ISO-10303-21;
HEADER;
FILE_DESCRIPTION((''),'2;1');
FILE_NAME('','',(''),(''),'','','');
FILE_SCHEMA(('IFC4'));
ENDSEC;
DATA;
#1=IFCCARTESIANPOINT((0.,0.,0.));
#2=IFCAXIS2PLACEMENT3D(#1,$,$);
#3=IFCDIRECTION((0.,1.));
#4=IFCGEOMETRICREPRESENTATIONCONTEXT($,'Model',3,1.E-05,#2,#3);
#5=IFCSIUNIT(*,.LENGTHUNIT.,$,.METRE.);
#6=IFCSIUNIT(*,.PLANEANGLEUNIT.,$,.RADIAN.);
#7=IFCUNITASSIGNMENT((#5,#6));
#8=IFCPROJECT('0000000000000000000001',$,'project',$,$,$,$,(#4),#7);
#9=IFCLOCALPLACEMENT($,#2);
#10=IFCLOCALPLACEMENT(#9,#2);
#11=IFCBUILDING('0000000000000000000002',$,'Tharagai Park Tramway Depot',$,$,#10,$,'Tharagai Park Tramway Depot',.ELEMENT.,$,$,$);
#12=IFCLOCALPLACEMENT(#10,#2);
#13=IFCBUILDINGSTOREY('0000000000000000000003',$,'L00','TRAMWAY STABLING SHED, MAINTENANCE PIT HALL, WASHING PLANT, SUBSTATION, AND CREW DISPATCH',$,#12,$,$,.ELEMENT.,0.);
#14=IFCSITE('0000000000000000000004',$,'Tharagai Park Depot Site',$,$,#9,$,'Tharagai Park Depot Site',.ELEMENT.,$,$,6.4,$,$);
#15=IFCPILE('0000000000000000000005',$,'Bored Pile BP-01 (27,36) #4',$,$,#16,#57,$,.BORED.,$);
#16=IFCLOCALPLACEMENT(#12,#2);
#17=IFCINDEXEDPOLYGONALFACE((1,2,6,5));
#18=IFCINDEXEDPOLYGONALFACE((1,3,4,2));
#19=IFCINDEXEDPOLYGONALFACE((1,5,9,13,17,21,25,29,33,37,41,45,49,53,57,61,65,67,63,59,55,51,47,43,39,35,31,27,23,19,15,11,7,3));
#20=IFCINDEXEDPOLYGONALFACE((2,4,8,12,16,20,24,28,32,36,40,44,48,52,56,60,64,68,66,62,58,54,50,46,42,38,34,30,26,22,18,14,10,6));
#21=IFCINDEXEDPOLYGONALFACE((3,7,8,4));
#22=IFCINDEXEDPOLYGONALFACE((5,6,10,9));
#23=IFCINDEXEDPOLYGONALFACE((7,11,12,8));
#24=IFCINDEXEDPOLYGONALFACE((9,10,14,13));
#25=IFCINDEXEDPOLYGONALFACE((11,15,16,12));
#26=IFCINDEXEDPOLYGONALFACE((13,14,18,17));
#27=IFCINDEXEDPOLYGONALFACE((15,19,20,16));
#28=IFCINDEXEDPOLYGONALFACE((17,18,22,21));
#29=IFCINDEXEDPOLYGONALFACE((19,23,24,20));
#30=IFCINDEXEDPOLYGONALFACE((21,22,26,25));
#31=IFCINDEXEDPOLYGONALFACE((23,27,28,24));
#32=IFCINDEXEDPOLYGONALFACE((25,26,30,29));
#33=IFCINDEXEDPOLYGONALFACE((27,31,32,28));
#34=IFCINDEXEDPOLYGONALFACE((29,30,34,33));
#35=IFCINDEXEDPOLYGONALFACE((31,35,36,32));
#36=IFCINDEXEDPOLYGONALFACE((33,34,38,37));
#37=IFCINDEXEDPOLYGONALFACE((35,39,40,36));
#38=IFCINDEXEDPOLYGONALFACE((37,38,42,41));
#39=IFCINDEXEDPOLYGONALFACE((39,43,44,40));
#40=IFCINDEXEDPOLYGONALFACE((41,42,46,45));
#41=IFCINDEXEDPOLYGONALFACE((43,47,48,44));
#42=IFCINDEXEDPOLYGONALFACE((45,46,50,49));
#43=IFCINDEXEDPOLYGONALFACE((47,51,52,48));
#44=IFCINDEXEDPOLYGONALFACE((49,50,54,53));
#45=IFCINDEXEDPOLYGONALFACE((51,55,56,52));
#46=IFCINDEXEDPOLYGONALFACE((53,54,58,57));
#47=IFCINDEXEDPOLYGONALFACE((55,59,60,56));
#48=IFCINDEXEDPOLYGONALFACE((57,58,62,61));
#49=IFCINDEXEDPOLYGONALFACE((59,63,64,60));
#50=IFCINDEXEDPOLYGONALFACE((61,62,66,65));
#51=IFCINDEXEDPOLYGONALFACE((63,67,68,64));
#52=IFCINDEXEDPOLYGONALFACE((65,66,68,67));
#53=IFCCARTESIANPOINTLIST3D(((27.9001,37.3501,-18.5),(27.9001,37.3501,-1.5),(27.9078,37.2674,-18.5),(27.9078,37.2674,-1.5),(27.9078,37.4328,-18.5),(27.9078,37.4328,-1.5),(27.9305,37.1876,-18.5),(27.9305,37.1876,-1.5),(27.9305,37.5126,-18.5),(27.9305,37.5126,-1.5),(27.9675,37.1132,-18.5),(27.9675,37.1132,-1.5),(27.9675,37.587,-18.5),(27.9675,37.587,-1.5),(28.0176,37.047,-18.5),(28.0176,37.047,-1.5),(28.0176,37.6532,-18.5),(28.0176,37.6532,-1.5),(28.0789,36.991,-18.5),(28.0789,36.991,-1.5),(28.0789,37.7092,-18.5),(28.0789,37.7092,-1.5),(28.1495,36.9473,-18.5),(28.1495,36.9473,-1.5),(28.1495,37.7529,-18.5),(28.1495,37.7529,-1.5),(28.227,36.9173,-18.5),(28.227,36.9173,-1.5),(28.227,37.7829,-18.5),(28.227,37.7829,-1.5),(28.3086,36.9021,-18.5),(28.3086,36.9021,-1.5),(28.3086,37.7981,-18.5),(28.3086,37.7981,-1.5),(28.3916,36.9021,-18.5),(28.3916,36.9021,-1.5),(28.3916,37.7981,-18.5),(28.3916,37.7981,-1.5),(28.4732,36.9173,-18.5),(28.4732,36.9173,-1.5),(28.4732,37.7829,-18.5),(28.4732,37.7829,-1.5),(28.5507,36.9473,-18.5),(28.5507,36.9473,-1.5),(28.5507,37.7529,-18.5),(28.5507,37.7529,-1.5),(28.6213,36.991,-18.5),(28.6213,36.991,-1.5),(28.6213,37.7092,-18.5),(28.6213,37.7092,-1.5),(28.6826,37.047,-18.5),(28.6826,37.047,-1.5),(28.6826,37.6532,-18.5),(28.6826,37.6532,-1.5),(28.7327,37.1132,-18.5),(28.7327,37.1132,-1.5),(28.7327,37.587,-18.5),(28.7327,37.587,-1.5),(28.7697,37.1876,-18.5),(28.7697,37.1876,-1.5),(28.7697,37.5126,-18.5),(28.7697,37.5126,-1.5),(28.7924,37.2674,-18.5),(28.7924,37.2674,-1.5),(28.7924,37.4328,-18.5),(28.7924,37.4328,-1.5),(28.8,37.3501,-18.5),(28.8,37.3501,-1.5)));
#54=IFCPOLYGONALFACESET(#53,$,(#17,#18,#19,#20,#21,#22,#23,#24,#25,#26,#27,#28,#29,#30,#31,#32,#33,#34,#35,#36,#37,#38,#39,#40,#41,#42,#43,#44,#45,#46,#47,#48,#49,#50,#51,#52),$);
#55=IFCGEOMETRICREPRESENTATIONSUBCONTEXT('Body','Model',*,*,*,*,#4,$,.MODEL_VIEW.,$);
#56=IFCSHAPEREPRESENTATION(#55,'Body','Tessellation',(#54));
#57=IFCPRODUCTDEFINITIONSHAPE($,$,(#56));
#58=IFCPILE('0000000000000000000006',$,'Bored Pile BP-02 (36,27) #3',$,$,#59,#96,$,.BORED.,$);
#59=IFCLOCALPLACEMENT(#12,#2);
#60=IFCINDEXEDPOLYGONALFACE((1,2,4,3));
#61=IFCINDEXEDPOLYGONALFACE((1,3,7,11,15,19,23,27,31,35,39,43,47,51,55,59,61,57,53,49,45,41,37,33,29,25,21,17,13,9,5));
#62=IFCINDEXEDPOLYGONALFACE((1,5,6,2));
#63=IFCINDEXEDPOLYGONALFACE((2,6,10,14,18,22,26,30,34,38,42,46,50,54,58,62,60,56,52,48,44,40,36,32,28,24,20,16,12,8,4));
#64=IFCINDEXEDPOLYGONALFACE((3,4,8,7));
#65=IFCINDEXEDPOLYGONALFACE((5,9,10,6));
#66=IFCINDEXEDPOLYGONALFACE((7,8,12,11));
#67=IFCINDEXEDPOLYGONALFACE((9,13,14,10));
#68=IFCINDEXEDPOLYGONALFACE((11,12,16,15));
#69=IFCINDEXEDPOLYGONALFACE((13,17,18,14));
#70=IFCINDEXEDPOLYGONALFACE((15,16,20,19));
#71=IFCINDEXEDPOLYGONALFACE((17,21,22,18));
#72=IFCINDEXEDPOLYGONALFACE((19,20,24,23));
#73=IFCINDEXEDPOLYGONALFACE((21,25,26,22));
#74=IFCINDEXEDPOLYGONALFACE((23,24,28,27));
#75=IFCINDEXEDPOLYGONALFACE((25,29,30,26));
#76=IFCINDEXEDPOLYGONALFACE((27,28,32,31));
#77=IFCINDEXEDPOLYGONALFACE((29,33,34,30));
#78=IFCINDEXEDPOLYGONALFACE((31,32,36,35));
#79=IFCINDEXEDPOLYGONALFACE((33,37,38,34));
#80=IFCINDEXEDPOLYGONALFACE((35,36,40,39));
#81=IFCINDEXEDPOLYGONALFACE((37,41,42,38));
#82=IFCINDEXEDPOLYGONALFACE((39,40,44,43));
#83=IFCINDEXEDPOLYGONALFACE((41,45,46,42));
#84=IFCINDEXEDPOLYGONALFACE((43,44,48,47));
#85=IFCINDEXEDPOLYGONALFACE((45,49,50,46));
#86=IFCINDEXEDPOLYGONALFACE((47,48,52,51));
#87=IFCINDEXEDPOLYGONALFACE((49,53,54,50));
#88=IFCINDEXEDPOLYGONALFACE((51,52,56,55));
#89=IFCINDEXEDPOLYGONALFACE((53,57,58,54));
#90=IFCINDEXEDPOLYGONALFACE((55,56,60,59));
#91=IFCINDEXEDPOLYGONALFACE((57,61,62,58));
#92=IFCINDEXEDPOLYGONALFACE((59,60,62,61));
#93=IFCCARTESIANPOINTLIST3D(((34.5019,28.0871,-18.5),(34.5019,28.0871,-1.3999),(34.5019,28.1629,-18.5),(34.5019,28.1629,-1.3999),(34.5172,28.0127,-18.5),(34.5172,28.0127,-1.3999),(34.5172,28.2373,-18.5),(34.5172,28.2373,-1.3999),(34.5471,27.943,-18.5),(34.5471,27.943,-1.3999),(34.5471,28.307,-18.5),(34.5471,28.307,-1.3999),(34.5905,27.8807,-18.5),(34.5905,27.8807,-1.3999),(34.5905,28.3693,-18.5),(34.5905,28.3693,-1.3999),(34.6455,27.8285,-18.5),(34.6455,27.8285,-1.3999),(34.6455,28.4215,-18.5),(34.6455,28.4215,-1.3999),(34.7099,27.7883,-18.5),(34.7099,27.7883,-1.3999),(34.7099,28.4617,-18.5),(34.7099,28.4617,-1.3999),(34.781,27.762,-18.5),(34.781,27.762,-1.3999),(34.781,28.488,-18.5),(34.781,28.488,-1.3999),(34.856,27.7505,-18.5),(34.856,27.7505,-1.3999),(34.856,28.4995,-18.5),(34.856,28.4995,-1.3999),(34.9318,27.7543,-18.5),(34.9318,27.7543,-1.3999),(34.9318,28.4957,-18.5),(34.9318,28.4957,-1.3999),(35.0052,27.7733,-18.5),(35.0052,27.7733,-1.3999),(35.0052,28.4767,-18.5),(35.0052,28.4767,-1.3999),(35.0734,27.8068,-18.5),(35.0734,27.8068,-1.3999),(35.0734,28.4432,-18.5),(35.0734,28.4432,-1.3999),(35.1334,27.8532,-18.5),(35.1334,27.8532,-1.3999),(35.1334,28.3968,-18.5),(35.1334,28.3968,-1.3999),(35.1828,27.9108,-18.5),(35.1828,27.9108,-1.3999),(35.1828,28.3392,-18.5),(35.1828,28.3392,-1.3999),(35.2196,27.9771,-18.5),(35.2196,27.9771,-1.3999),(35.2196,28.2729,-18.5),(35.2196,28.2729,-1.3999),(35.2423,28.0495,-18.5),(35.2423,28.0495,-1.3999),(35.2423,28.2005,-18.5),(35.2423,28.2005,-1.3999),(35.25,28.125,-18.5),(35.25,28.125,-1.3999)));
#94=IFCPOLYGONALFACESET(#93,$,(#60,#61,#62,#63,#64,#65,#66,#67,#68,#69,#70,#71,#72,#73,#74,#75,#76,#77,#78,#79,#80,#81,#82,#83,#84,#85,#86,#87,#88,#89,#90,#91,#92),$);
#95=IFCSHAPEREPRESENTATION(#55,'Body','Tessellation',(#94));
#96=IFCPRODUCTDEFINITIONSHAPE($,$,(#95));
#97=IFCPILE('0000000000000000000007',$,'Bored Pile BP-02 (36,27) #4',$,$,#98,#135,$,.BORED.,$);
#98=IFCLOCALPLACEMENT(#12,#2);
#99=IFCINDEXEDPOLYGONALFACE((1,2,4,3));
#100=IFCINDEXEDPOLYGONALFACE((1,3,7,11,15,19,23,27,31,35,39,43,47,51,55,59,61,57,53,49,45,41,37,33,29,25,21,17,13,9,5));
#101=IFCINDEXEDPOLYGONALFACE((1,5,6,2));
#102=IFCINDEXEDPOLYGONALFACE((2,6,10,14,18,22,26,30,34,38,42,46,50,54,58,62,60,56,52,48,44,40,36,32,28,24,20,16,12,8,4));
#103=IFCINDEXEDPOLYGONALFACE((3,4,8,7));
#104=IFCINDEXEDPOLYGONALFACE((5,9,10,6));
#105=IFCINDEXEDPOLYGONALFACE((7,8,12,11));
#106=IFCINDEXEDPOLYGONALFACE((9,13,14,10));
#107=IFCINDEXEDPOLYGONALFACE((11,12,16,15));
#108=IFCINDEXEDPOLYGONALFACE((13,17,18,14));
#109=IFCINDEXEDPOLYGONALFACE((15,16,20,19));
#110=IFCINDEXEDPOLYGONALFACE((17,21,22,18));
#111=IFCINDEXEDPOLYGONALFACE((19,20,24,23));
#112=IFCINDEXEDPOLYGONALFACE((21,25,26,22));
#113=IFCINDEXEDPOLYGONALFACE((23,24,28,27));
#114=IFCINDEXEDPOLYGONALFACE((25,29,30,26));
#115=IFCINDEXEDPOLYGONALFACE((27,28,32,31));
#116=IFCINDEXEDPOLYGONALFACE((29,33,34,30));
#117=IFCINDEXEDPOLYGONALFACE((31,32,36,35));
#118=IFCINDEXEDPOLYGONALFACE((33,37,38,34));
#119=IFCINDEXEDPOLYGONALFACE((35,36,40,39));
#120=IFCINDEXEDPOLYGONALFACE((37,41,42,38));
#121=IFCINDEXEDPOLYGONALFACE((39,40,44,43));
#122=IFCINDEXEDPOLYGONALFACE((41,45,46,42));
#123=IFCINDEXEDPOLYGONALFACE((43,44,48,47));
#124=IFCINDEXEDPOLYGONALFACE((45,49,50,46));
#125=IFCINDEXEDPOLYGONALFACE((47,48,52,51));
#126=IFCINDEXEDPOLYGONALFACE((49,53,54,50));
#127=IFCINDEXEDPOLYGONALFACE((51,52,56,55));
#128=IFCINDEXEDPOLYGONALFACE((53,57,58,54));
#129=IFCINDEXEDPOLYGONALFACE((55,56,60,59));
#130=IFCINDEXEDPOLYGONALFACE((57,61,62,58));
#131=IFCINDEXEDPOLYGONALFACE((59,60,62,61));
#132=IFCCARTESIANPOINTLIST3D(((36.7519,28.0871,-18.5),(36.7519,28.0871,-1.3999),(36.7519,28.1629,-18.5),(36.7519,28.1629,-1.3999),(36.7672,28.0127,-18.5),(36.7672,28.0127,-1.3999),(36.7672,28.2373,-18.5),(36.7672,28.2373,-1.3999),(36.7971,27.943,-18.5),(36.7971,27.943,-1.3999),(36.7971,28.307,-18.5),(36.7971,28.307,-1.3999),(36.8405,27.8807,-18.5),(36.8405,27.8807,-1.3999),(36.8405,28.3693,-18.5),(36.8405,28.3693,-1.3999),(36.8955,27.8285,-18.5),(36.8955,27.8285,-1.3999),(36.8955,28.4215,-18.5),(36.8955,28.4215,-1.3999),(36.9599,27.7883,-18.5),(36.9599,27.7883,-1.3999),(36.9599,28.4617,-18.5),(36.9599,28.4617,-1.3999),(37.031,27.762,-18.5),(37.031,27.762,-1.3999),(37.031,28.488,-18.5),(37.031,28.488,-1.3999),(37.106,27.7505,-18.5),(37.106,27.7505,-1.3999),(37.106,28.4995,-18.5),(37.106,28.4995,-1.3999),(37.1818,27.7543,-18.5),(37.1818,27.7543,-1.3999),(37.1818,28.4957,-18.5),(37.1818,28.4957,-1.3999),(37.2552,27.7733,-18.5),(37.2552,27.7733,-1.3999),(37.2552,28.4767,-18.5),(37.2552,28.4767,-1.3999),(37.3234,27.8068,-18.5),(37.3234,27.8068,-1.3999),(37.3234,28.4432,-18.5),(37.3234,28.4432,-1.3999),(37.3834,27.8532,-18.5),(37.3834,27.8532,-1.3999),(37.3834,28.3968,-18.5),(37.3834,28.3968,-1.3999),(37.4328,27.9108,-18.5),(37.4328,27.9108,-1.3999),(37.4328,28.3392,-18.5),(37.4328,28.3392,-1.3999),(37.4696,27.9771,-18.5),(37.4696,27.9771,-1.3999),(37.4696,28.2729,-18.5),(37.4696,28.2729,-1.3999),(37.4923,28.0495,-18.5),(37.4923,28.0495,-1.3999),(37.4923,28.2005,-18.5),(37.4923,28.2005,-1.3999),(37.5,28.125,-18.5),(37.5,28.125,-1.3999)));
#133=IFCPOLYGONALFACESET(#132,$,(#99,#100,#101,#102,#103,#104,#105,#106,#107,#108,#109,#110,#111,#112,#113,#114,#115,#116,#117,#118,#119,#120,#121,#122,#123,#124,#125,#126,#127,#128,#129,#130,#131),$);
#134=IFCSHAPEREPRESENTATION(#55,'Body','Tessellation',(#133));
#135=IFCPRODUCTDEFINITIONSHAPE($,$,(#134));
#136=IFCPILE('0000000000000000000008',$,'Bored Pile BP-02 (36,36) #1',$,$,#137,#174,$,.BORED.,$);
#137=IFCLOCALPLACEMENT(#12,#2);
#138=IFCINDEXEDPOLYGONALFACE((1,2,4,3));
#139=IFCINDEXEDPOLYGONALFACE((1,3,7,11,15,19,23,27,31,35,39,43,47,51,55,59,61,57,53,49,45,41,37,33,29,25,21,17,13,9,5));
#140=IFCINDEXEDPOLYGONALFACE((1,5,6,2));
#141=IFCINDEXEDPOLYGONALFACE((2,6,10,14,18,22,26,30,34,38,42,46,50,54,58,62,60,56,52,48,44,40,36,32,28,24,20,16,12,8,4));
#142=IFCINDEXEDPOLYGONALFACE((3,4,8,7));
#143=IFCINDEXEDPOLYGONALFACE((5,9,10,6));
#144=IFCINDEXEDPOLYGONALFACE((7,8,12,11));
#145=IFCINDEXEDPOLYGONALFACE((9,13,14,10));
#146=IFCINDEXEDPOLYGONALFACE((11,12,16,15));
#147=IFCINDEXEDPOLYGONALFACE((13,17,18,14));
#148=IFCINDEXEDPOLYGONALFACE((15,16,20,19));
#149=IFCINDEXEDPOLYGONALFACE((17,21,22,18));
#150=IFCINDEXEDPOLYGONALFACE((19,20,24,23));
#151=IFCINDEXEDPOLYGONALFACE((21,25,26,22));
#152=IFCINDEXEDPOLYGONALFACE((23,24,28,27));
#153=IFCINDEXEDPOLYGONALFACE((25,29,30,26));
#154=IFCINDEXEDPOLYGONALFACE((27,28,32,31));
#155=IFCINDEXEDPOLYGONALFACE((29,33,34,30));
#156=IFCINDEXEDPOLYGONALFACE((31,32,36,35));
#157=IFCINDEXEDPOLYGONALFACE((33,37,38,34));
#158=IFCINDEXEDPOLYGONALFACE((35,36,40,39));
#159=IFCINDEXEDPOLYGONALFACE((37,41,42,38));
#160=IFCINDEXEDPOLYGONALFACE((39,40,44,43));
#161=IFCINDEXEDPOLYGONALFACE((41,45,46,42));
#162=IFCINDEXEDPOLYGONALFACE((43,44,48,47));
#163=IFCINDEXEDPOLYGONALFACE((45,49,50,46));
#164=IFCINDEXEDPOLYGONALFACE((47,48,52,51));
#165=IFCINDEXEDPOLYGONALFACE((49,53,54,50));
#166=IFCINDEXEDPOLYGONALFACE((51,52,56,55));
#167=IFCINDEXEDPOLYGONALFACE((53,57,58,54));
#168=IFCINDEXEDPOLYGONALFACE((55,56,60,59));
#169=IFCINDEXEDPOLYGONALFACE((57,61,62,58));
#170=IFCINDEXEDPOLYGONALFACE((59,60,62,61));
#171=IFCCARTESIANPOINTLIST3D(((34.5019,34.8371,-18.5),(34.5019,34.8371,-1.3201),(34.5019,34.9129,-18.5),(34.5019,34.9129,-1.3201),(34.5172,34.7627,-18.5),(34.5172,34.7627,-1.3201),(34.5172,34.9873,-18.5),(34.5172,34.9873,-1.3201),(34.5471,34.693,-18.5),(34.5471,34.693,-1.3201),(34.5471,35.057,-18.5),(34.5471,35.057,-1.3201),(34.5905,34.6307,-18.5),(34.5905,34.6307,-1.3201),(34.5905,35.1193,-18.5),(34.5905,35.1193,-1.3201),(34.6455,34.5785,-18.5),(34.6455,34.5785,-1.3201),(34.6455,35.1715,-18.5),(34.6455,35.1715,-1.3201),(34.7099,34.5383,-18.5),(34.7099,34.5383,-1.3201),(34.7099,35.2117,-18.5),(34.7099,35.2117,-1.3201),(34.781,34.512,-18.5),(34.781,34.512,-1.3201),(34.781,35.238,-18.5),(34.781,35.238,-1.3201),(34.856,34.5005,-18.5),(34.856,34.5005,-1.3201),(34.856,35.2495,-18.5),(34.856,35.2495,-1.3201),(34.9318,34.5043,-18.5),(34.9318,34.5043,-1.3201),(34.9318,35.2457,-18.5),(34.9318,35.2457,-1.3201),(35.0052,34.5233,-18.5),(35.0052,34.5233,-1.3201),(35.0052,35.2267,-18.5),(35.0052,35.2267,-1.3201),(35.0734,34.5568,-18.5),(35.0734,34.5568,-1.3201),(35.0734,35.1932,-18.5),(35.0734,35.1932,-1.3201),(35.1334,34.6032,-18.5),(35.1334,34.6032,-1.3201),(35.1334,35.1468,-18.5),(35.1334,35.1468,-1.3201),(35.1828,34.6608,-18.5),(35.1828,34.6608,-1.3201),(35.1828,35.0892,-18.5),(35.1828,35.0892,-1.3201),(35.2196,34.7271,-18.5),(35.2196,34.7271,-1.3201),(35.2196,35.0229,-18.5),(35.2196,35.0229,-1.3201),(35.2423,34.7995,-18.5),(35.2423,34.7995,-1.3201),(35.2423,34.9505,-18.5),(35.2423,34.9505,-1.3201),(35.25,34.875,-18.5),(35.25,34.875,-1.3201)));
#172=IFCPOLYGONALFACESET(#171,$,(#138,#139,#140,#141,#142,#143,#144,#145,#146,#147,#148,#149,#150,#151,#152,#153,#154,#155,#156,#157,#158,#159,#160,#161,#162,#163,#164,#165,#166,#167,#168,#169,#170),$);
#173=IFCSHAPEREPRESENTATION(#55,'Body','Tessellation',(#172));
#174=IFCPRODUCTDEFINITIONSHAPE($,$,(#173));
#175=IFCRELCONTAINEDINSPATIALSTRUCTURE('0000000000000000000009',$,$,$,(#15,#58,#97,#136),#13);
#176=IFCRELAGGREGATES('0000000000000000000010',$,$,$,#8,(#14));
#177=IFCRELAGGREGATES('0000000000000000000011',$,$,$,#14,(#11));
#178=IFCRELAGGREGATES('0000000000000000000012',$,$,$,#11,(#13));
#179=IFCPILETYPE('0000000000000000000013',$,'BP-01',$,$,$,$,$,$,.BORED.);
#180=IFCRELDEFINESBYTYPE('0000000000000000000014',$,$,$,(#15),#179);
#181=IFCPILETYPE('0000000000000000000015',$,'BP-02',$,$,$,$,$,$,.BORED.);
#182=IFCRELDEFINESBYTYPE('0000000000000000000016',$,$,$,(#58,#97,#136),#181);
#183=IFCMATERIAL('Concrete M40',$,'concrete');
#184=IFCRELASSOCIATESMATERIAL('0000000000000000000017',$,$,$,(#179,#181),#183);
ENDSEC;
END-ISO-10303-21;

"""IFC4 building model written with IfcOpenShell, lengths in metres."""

from ifc_helpers import new_model, si_unit, direction, frame, origin, origin_2d, place, context, subcontext, project, spatial, circle, extrude, material, material_profile, profile_set, type_object, element, save


model = new_model("IFC4")

# Units and contexts
model_context = context("Model", 3, precision=1e-05, world=origin(), true_north=direction((0.0, 1.0)))
body_context = subcontext(model_context, "Body", "Model", "MODEL_VIEW")
ifc_project = project(units=[si_unit("LENGTHUNIT", "METRE"), si_unit("PLANEANGLEUNIT", "RADIAN")], contexts=[model_context])

# Site, building, storey
site_placement = place(None, origin())
site = spatial("IfcSite", under=ifc_project, at=site_placement, Name="Tharagai Park Depot Site", LongName="Tharagai Park Depot Site", CompositionType="ELEMENT", RefElevation=6.4)
building_placement = place(site_placement, origin())
building = spatial("IfcBuilding", under=site, at=building_placement, Name="Tharagai Park Tramway Depot", LongName="Tharagai Park Tramway Depot", CompositionType="ELEMENT")
storey_placement = place(building_placement, origin())
storey = spatial("IfcBuildingStorey", under=building, at=storey_placement, Name="L00", Description="TRAMWAY STABLING SHED, MAINTENANCE PIT HALL, WASHING PLANT, SUBSTATION, AND CREW DISPATCH", CompositionType="ELEMENT", Elevation=0.0)

# Piles
ifc_material_1 = material(Name="Concrete M40", Category="concrete")
ifc_material_profile_1 = material_profile(ifc_material_1, circle(Radius=0.45, at=origin_2d()), Name="PILE D900")
ifc_profile_set_1 = profile_set([ifc_material_profile_1], Name="Concrete M40")
pile_type_1 = type_object("IfcPileType", Name="BP-01", PredefinedType="BORED", material=ifc_profile_set_1)
for number, where, z_axis, x_axis, name in (
    (1, (28.3501, 37.3501, -1.5), (0.0, 0.0, -1.0), (1.0, 0.0, 0.0), "Bored Pile BP-01 (27,36) #4"),
):
    element("IfcPile", number, at=place(storey_placement, frame(where, z_axis=z_axis, x_axis=x_axis)), inside=storey, type_object=pile_type_1, Name=name, PredefinedType="BORED", context=body_context, shape_type="SweptSolid", body=[
        extrude(circle(Radius=0.45, at=origin_2d()), origin(), (0.0, 0.0, 1.0), 17.0),
    ])
ifc_material_profile_2 = material_profile(ifc_material_1, circle(Radius=0.375, at=origin_2d()), Name="PILE D750")
ifc_profile_set_2 = profile_set([ifc_material_profile_2], Name="Concrete M40")
pile_type_2 = type_object("IfcPileType", Name="BP-02", PredefinedType="BORED", material=ifc_profile_set_2)
for number, where, z_axis, x_axis, name in (
    (2, (34.875, 28.125, -1.3999), (0.0, 0.0, -1.0), (1.0, 0.0, 0.0), "Bored Pile BP-02 (36,27) #3"),
    (3, (37.125, 28.125, -1.3999), (0.0, 0.0, -1.0), (1.0, 0.0, 0.0), "Bored Pile BP-02 (36,27) #4"),
):
    element("IfcPile", number, at=place(storey_placement, frame(where, z_axis=z_axis, x_axis=x_axis)), inside=storey, type_object=pile_type_2, Name=name, PredefinedType="BORED", context=body_context, shape_type="SweptSolid", body=[
        extrude(circle(Radius=0.375, at=origin_2d()), origin(), (0.0, 0.0, 1.0), 17.1001),
    ])
for number, where, z_axis, x_axis, name in (
    (4, (34.875, 34.875, -1.3201), (0.0, 0.0, -1.0), (1.0, 0.0, 0.0), "Bored Pile BP-02 (36,36) #1"),
):
    element("IfcPile", number, at=place(storey_placement, frame(where, z_axis=z_axis, x_axis=x_axis)), inside=storey, type_object=pile_type_2, Name=name, PredefinedType="BORED", context=body_context, shape_type="SweptSolid", body=[
        extrude(circle(Radius=0.375, at=origin_2d()), origin(), (0.0, 0.0, 1.0), 17.1799),
    ])

save(model, "model.ifc")
